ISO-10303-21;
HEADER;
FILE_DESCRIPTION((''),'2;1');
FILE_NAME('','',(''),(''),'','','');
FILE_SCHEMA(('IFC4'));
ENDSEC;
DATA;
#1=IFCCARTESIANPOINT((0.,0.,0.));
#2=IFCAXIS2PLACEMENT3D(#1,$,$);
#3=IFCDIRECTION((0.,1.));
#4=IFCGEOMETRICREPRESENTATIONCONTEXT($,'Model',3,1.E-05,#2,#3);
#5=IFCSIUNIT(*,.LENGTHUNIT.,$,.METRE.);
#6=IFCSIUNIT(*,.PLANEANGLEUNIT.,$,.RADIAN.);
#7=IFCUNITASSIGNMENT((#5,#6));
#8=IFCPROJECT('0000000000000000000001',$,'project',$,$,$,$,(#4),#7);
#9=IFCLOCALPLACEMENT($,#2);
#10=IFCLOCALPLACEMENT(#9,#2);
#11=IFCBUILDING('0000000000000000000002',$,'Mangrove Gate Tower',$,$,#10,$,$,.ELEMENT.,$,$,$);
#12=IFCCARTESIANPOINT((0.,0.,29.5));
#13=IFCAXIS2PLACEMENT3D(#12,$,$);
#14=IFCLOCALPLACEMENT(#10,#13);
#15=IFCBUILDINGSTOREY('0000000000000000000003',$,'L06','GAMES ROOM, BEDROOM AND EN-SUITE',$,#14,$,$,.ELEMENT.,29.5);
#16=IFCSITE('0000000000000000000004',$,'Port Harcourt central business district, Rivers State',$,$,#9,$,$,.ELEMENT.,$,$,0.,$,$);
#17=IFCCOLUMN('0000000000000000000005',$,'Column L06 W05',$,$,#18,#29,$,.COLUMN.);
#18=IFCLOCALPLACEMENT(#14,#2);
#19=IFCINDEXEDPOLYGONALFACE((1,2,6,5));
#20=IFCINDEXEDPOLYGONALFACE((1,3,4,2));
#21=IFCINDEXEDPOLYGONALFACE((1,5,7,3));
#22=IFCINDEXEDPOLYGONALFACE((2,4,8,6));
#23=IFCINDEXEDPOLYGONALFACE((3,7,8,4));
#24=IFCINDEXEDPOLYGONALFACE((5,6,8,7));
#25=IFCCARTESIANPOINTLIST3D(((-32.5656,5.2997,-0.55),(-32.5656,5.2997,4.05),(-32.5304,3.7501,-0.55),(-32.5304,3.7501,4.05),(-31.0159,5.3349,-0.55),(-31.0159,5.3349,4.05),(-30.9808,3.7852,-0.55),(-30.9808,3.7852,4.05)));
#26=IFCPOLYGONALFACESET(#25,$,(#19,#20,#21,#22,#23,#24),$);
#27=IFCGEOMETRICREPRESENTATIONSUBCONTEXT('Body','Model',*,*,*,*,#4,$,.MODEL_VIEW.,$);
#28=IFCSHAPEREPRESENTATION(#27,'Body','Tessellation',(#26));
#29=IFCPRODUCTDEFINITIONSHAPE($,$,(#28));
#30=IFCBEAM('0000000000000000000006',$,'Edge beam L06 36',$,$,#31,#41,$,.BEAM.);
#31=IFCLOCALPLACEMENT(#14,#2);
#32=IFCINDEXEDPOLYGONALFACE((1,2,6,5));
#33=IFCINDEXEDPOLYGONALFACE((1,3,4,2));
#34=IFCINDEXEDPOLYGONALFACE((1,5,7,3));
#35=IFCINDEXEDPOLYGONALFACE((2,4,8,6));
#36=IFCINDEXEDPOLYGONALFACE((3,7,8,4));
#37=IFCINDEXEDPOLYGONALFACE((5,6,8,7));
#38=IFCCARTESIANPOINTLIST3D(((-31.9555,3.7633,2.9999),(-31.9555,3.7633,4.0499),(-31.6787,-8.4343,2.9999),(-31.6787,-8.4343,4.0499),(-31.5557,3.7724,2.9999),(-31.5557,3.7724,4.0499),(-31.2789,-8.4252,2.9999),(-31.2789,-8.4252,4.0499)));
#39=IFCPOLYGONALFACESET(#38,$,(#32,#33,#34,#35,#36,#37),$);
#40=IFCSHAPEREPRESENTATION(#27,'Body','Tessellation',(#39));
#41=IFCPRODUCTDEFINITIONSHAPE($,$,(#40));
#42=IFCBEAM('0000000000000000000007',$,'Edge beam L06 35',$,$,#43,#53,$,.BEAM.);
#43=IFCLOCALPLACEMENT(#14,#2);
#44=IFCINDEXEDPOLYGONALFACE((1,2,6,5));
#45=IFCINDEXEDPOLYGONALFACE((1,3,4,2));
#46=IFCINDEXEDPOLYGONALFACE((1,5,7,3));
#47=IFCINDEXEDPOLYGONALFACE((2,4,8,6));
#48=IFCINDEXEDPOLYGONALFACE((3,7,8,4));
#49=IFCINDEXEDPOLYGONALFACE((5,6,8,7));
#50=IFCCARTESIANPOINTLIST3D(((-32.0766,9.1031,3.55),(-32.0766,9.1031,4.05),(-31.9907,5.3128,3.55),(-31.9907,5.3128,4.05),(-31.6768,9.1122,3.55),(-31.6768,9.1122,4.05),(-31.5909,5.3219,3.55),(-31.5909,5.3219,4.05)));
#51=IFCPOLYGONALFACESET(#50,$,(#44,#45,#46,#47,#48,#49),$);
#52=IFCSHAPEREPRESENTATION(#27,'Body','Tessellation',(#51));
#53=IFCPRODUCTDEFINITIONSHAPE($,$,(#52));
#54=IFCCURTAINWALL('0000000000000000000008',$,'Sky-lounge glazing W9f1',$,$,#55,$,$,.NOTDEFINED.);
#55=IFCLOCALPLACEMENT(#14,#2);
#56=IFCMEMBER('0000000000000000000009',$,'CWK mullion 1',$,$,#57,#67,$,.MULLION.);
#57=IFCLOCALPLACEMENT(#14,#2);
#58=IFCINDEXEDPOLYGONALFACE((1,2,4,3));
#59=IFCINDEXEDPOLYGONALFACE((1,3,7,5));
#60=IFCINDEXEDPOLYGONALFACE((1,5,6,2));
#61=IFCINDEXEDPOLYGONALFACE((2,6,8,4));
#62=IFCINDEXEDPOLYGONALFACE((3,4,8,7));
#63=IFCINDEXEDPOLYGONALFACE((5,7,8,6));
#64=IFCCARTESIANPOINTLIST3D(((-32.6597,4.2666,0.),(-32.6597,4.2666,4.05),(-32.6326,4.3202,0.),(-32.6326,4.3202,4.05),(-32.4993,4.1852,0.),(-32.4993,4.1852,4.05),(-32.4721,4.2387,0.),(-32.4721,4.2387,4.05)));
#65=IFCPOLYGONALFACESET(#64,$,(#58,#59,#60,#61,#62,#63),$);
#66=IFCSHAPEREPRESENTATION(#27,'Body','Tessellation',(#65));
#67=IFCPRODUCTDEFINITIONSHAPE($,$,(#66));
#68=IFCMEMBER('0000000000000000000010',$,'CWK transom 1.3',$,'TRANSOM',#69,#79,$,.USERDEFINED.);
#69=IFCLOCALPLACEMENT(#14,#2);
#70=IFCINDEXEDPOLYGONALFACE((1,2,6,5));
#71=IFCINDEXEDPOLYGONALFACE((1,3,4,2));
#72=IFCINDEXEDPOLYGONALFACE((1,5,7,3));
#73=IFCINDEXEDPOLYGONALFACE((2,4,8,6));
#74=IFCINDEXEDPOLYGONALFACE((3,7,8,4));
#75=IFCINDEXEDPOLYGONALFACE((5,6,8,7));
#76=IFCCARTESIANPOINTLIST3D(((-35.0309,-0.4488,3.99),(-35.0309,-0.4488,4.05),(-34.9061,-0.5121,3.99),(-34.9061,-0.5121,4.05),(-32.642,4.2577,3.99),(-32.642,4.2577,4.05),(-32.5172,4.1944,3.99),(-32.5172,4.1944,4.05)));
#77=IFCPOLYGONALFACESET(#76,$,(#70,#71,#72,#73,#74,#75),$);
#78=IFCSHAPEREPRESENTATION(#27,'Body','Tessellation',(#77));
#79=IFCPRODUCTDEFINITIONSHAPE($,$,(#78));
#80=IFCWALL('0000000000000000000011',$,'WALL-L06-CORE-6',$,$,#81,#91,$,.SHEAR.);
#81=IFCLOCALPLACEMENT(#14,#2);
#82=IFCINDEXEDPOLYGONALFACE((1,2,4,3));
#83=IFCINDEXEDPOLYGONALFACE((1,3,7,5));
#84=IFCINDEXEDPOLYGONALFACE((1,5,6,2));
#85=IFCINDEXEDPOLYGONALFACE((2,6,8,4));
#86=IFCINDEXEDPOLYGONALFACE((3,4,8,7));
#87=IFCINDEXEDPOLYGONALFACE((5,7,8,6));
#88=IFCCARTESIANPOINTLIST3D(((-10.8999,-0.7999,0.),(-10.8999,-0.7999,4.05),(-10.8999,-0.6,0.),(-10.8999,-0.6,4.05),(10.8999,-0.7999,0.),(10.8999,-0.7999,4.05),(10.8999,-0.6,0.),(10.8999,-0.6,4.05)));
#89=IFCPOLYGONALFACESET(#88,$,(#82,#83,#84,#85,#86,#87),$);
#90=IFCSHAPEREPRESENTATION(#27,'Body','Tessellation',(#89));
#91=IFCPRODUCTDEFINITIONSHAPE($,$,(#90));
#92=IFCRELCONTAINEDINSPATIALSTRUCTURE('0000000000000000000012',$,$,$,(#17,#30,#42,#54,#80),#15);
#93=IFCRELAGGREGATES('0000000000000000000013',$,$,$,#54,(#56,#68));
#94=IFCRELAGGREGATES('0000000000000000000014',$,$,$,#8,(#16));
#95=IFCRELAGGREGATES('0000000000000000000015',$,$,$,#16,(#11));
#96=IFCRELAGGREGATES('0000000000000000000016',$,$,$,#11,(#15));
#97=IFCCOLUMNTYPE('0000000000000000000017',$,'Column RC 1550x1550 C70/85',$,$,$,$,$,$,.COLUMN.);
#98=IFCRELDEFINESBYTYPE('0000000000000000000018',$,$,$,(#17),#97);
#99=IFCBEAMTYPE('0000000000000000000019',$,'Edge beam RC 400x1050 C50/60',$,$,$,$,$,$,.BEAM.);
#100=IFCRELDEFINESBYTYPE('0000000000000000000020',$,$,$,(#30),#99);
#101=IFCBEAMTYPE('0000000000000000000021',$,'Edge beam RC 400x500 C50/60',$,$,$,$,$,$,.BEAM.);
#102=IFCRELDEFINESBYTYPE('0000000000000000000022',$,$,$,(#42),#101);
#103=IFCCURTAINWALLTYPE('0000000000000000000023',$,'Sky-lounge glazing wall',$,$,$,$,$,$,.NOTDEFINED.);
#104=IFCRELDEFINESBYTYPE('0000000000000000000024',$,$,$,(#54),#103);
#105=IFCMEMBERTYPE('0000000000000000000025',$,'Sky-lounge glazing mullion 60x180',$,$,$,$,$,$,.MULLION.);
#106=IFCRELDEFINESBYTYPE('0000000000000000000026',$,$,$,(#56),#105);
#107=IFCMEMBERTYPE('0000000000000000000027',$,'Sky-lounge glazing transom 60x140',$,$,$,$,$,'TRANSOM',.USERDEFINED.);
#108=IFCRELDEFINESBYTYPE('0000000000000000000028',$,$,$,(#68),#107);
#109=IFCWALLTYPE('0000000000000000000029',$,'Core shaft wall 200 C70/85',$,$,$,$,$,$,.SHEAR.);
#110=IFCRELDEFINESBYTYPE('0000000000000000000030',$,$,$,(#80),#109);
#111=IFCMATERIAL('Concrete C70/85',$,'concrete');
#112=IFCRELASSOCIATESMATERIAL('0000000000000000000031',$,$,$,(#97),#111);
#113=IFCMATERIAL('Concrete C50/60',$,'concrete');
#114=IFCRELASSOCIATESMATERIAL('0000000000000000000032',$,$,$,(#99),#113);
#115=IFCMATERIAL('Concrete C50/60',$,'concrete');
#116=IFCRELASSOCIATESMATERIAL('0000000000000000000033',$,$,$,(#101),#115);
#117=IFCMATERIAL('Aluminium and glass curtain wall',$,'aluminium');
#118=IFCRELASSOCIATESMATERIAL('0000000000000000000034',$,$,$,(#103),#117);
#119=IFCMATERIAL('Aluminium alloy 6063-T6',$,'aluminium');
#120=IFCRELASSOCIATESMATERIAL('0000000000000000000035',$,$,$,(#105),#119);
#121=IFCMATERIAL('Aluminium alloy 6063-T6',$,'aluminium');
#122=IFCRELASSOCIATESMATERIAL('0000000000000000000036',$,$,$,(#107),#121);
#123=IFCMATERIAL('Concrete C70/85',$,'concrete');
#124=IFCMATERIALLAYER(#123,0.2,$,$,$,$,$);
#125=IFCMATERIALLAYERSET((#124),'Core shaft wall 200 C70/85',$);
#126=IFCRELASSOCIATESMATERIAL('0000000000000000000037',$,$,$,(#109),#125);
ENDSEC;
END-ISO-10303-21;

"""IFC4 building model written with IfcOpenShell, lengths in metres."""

from ifc_helpers import new_model, si_unit, direction, frame, frame_2d, origin, origin_2d, place, context, subcontext, project, spatial, rectangle, extrude, material, layer, layer_set, material_profile, profile_set, type_object, element, aggregate, save


model = new_model("IFC4")

# Units and contexts
model_context = context("Model", 3, precision=1e-05, world=origin(), true_north=direction((0.0, 1.0)))
body_context = subcontext(model_context, "Body", "Model", "MODEL_VIEW")
ifc_project = project(units=[si_unit("LENGTHUNIT", "METRE"), si_unit("PLANEANGLEUNIT", "RADIAN")], contexts=[model_context])

# Site, building, storey
site_placement = place(None, origin())
site = spatial("IfcSite", under=ifc_project, at=site_placement, Name="Port Harcourt central business district, Rivers State", CompositionType="ELEMENT", RefElevation=0.0)
building_placement = place(site_placement, origin())
building = spatial("IfcBuilding", under=site, at=building_placement, Name="Mangrove Gate Tower", CompositionType="ELEMENT")
storey_placement = place(building_placement, frame((0.0, 0.0, 29.5)))
storey = spatial("IfcBuildingStorey", under=building, at=storey_placement, Name="L06", Description="GAMES ROOM, BEDROOM AND EN-SUITE", CompositionType="ELEMENT", Elevation=29.5)

# Column
ifc_material_1 = material(Name="Concrete C70/85", Category="concrete")
ifc_material_profile_1 = material_profile(ifc_material_1, rectangle(XDim=1.55, YDim=1.55, at=origin_2d()))
ifc_profile_set_1 = profile_set([ifc_material_profile_1], Name="Concrete C70/85")
column_type = type_object("IfcColumnType", Name="Column RC 1550x1550 C70/85", PredefinedType="COLUMN", material=ifc_profile_set_1)
column_placement = place(storey_placement, frame((-31.7732, 4.5425, -0.55), z_axis=(0.0, 0.0, 1.0), x_axis=(0.02268, -0.999743, 0.0)))
element("IfcColumn", 1, at=column_placement, inside=storey, type_object=column_type, Name="Column L06 W05", PredefinedType="COLUMN", context=body_context, shape_type="SweptSolid", body=[
    extrude(rectangle(XDim=1.55, YDim=1.55, at=origin_2d()), origin(), (0.0, 0.0, 1.0), 4.6001),
])

# Beams
ifc_material_2 = material(Name="Concrete C50/60", Category="concrete")
ifc_material_profile_2 = material_profile(ifc_material_2, rectangle(XDim=0.3999, YDim=1.05, at=origin_2d()))
ifc_profile_set_2 = profile_set([ifc_material_profile_2], Name="Concrete C50/60")
beam_type_1 = type_object("IfcBeamType", Name="Edge beam RC 400x1050 C50/60", PredefinedType="BEAM", material=ifc_profile_set_2)
beam_1_placement = place(storey_placement, frame((-31.7556, 3.7678, 3.5249), z_axis=(0.022692, -0.999743, 0.0), x_axis=(0.999743, 0.022692, 0.0)))
element("IfcBeam", 2, at=beam_1_placement, inside=storey, type_object=beam_type_1, Name="Edge beam L06 36", PredefinedType="BEAM", context=body_context, shape_type="SweptSolid", body=[
    extrude(rectangle(XDim=0.3999, YDim=1.05, at=origin_2d()), origin(), (0.0, 0.0, 1.0), 12.2007),
])
ifc_material_3 = material(Name="Concrete C50/60", Category="concrete")
ifc_material_profile_3 = material_profile(ifc_material_3, rectangle(XDim=0.3999, YDim=0.5, at=origin_2d()))
ifc_profile_set_3 = profile_set([ifc_material_profile_3], Name="Concrete C50/60")
beam_type_2 = type_object("IfcBeamType", Name="Edge beam RC 400x500 C50/60", PredefinedType="BEAM", material=ifc_profile_set_3)
beam_2_placement = place(storey_placement, frame((-31.8767, 9.1077, 3.8), z_axis=(0.022667, -0.999743, 0.0), x_axis=(0.999743, 0.022667, 0.0)))
element("IfcBeam", 3, at=beam_2_placement, inside=storey, type_object=beam_type_2, Name="Edge beam L06 35", PredefinedType="BEAM", context=body_context, shape_type="SweptSolid", body=[
    extrude(rectangle(XDim=0.3999, YDim=0.5, at=origin_2d()), origin(), (0.0, 0.0, 1.0), 3.7913),
])

# Curtain wall, members
ifc_material_4 = material(Name="Aluminium and glass curtain wall", Category="aluminium")
curtain_wall_type = type_object("IfcCurtainWallType", Name="Sky-lounge glazing wall", PredefinedType="NOTDEFINED", material=ifc_material_4)
curtain_wall_placement = place(storey_placement, origin())
curtain_wall = element("IfcCurtainWall", 4, at=curtain_wall_placement, inside=storey, type_object=curtain_wall_type, Name="Sky-lounge glazing W9f1", PredefinedType="NOTDEFINED")
ifc_material_5 = material(Name="Aluminium alloy 6063-T6", Category="aluminium")
ifc_material_profile_4 = material_profile(ifc_material_5, rectangle(XDim=0.0601, YDim=0.1799, at=origin_2d()))
ifc_profile_set_4 = profile_set([ifc_material_profile_4], Name="Aluminium alloy 6063-T6")
member_type_1 = type_object("IfcMemberType", Name="Sky-lounge glazing mullion 60x180", PredefinedType="MULLION", material=ifc_profile_set_4)
member_1_placement = place(storey_placement, frame((-32.5659, 4.2527, 0.0), z_axis=(0.0, 0.0, 1.0), x_axis=(-0.4526, -0.891714, 0.0)))
member_1 = element("IfcMember", 5, at=member_1_placement, type_object=member_type_1, Name="CWK mullion 1", PredefinedType="MULLION", context=body_context, shape_type="SweptSolid", body=[
    extrude(rectangle(XDim=0.0601, YDim=0.1799, at=origin_2d()), origin(), (0.0, 0.0, 1.0), 4.05),
])
ifc_material_6 = material(Name="Aluminium alloy 6063-T6", Category="aluminium")
ifc_material_profile_5 = material_profile(ifc_material_6, rectangle(XDim=0.0601, YDim=0.1399, at=origin_2d()))
ifc_profile_set_5 = profile_set([ifc_material_profile_5], Name="Aluminium alloy 6063-T6")
member_type_2 = type_object("IfcMemberType", Name="Sky-lounge glazing transom 60x140", ElementType="TRANSOM", PredefinedType="USERDEFINED", material=ifc_profile_set_5)
member_2_placement = place(storey_placement, frame((-32.5796, 4.2261, 4.02), z_axis=(-0.452608, -0.89171, 0.0), x_axis=(0.0, 0.0, 1.0)))
member_2 = element("IfcMember", 6, at=member_2_placement, type_object=member_type_2, Name="CWK transom 1.3", ObjectType="TRANSOM", PredefinedType="USERDEFINED", context=body_context, shape_type="SweptSolid", body=[
    extrude(rectangle(XDim=0.0601, YDim=0.1399, at=origin_2d()), origin(), (0.0, 0.0, 1.0), 5.2781),
])
aggregate(curtain_wall, [member_1, member_2])

# Wall
ifc_material_7 = material(Name="Concrete C70/85", Category="concrete")
ifc_layer_1 = layer(ifc_material_7, 0.2)
ifc_layer_set_1 = layer_set([ifc_layer_1], Name="Core shaft wall 200 C70/85")
wall_type_1 = type_object("IfcWallType", Name="Core shaft wall 200 C70/85", PredefinedType="SHEAR", material=ifc_layer_set_1)
wall_1_placement = place(storey_placement, frame((-10.8999, -0.7, 0.0), z_axis=(0.0, 0.0, 1.0), x_axis=(1.0, 0.0, 0.0)))
element("IfcWall", 7, at=wall_1_placement, inside=storey, type_object=wall_type_1, Name="WALL-L06-CORE-6", PredefinedType="SHEAR", context=body_context, shape_type="SweptSolid", body=[
    extrude(rectangle(XDim=21.7998, YDim=0.2, at=frame_2d((10.8999, 0.0))), origin(), (0.0, 0.0, 1.0), 4.05),
])

save(model, "model.ifc")
